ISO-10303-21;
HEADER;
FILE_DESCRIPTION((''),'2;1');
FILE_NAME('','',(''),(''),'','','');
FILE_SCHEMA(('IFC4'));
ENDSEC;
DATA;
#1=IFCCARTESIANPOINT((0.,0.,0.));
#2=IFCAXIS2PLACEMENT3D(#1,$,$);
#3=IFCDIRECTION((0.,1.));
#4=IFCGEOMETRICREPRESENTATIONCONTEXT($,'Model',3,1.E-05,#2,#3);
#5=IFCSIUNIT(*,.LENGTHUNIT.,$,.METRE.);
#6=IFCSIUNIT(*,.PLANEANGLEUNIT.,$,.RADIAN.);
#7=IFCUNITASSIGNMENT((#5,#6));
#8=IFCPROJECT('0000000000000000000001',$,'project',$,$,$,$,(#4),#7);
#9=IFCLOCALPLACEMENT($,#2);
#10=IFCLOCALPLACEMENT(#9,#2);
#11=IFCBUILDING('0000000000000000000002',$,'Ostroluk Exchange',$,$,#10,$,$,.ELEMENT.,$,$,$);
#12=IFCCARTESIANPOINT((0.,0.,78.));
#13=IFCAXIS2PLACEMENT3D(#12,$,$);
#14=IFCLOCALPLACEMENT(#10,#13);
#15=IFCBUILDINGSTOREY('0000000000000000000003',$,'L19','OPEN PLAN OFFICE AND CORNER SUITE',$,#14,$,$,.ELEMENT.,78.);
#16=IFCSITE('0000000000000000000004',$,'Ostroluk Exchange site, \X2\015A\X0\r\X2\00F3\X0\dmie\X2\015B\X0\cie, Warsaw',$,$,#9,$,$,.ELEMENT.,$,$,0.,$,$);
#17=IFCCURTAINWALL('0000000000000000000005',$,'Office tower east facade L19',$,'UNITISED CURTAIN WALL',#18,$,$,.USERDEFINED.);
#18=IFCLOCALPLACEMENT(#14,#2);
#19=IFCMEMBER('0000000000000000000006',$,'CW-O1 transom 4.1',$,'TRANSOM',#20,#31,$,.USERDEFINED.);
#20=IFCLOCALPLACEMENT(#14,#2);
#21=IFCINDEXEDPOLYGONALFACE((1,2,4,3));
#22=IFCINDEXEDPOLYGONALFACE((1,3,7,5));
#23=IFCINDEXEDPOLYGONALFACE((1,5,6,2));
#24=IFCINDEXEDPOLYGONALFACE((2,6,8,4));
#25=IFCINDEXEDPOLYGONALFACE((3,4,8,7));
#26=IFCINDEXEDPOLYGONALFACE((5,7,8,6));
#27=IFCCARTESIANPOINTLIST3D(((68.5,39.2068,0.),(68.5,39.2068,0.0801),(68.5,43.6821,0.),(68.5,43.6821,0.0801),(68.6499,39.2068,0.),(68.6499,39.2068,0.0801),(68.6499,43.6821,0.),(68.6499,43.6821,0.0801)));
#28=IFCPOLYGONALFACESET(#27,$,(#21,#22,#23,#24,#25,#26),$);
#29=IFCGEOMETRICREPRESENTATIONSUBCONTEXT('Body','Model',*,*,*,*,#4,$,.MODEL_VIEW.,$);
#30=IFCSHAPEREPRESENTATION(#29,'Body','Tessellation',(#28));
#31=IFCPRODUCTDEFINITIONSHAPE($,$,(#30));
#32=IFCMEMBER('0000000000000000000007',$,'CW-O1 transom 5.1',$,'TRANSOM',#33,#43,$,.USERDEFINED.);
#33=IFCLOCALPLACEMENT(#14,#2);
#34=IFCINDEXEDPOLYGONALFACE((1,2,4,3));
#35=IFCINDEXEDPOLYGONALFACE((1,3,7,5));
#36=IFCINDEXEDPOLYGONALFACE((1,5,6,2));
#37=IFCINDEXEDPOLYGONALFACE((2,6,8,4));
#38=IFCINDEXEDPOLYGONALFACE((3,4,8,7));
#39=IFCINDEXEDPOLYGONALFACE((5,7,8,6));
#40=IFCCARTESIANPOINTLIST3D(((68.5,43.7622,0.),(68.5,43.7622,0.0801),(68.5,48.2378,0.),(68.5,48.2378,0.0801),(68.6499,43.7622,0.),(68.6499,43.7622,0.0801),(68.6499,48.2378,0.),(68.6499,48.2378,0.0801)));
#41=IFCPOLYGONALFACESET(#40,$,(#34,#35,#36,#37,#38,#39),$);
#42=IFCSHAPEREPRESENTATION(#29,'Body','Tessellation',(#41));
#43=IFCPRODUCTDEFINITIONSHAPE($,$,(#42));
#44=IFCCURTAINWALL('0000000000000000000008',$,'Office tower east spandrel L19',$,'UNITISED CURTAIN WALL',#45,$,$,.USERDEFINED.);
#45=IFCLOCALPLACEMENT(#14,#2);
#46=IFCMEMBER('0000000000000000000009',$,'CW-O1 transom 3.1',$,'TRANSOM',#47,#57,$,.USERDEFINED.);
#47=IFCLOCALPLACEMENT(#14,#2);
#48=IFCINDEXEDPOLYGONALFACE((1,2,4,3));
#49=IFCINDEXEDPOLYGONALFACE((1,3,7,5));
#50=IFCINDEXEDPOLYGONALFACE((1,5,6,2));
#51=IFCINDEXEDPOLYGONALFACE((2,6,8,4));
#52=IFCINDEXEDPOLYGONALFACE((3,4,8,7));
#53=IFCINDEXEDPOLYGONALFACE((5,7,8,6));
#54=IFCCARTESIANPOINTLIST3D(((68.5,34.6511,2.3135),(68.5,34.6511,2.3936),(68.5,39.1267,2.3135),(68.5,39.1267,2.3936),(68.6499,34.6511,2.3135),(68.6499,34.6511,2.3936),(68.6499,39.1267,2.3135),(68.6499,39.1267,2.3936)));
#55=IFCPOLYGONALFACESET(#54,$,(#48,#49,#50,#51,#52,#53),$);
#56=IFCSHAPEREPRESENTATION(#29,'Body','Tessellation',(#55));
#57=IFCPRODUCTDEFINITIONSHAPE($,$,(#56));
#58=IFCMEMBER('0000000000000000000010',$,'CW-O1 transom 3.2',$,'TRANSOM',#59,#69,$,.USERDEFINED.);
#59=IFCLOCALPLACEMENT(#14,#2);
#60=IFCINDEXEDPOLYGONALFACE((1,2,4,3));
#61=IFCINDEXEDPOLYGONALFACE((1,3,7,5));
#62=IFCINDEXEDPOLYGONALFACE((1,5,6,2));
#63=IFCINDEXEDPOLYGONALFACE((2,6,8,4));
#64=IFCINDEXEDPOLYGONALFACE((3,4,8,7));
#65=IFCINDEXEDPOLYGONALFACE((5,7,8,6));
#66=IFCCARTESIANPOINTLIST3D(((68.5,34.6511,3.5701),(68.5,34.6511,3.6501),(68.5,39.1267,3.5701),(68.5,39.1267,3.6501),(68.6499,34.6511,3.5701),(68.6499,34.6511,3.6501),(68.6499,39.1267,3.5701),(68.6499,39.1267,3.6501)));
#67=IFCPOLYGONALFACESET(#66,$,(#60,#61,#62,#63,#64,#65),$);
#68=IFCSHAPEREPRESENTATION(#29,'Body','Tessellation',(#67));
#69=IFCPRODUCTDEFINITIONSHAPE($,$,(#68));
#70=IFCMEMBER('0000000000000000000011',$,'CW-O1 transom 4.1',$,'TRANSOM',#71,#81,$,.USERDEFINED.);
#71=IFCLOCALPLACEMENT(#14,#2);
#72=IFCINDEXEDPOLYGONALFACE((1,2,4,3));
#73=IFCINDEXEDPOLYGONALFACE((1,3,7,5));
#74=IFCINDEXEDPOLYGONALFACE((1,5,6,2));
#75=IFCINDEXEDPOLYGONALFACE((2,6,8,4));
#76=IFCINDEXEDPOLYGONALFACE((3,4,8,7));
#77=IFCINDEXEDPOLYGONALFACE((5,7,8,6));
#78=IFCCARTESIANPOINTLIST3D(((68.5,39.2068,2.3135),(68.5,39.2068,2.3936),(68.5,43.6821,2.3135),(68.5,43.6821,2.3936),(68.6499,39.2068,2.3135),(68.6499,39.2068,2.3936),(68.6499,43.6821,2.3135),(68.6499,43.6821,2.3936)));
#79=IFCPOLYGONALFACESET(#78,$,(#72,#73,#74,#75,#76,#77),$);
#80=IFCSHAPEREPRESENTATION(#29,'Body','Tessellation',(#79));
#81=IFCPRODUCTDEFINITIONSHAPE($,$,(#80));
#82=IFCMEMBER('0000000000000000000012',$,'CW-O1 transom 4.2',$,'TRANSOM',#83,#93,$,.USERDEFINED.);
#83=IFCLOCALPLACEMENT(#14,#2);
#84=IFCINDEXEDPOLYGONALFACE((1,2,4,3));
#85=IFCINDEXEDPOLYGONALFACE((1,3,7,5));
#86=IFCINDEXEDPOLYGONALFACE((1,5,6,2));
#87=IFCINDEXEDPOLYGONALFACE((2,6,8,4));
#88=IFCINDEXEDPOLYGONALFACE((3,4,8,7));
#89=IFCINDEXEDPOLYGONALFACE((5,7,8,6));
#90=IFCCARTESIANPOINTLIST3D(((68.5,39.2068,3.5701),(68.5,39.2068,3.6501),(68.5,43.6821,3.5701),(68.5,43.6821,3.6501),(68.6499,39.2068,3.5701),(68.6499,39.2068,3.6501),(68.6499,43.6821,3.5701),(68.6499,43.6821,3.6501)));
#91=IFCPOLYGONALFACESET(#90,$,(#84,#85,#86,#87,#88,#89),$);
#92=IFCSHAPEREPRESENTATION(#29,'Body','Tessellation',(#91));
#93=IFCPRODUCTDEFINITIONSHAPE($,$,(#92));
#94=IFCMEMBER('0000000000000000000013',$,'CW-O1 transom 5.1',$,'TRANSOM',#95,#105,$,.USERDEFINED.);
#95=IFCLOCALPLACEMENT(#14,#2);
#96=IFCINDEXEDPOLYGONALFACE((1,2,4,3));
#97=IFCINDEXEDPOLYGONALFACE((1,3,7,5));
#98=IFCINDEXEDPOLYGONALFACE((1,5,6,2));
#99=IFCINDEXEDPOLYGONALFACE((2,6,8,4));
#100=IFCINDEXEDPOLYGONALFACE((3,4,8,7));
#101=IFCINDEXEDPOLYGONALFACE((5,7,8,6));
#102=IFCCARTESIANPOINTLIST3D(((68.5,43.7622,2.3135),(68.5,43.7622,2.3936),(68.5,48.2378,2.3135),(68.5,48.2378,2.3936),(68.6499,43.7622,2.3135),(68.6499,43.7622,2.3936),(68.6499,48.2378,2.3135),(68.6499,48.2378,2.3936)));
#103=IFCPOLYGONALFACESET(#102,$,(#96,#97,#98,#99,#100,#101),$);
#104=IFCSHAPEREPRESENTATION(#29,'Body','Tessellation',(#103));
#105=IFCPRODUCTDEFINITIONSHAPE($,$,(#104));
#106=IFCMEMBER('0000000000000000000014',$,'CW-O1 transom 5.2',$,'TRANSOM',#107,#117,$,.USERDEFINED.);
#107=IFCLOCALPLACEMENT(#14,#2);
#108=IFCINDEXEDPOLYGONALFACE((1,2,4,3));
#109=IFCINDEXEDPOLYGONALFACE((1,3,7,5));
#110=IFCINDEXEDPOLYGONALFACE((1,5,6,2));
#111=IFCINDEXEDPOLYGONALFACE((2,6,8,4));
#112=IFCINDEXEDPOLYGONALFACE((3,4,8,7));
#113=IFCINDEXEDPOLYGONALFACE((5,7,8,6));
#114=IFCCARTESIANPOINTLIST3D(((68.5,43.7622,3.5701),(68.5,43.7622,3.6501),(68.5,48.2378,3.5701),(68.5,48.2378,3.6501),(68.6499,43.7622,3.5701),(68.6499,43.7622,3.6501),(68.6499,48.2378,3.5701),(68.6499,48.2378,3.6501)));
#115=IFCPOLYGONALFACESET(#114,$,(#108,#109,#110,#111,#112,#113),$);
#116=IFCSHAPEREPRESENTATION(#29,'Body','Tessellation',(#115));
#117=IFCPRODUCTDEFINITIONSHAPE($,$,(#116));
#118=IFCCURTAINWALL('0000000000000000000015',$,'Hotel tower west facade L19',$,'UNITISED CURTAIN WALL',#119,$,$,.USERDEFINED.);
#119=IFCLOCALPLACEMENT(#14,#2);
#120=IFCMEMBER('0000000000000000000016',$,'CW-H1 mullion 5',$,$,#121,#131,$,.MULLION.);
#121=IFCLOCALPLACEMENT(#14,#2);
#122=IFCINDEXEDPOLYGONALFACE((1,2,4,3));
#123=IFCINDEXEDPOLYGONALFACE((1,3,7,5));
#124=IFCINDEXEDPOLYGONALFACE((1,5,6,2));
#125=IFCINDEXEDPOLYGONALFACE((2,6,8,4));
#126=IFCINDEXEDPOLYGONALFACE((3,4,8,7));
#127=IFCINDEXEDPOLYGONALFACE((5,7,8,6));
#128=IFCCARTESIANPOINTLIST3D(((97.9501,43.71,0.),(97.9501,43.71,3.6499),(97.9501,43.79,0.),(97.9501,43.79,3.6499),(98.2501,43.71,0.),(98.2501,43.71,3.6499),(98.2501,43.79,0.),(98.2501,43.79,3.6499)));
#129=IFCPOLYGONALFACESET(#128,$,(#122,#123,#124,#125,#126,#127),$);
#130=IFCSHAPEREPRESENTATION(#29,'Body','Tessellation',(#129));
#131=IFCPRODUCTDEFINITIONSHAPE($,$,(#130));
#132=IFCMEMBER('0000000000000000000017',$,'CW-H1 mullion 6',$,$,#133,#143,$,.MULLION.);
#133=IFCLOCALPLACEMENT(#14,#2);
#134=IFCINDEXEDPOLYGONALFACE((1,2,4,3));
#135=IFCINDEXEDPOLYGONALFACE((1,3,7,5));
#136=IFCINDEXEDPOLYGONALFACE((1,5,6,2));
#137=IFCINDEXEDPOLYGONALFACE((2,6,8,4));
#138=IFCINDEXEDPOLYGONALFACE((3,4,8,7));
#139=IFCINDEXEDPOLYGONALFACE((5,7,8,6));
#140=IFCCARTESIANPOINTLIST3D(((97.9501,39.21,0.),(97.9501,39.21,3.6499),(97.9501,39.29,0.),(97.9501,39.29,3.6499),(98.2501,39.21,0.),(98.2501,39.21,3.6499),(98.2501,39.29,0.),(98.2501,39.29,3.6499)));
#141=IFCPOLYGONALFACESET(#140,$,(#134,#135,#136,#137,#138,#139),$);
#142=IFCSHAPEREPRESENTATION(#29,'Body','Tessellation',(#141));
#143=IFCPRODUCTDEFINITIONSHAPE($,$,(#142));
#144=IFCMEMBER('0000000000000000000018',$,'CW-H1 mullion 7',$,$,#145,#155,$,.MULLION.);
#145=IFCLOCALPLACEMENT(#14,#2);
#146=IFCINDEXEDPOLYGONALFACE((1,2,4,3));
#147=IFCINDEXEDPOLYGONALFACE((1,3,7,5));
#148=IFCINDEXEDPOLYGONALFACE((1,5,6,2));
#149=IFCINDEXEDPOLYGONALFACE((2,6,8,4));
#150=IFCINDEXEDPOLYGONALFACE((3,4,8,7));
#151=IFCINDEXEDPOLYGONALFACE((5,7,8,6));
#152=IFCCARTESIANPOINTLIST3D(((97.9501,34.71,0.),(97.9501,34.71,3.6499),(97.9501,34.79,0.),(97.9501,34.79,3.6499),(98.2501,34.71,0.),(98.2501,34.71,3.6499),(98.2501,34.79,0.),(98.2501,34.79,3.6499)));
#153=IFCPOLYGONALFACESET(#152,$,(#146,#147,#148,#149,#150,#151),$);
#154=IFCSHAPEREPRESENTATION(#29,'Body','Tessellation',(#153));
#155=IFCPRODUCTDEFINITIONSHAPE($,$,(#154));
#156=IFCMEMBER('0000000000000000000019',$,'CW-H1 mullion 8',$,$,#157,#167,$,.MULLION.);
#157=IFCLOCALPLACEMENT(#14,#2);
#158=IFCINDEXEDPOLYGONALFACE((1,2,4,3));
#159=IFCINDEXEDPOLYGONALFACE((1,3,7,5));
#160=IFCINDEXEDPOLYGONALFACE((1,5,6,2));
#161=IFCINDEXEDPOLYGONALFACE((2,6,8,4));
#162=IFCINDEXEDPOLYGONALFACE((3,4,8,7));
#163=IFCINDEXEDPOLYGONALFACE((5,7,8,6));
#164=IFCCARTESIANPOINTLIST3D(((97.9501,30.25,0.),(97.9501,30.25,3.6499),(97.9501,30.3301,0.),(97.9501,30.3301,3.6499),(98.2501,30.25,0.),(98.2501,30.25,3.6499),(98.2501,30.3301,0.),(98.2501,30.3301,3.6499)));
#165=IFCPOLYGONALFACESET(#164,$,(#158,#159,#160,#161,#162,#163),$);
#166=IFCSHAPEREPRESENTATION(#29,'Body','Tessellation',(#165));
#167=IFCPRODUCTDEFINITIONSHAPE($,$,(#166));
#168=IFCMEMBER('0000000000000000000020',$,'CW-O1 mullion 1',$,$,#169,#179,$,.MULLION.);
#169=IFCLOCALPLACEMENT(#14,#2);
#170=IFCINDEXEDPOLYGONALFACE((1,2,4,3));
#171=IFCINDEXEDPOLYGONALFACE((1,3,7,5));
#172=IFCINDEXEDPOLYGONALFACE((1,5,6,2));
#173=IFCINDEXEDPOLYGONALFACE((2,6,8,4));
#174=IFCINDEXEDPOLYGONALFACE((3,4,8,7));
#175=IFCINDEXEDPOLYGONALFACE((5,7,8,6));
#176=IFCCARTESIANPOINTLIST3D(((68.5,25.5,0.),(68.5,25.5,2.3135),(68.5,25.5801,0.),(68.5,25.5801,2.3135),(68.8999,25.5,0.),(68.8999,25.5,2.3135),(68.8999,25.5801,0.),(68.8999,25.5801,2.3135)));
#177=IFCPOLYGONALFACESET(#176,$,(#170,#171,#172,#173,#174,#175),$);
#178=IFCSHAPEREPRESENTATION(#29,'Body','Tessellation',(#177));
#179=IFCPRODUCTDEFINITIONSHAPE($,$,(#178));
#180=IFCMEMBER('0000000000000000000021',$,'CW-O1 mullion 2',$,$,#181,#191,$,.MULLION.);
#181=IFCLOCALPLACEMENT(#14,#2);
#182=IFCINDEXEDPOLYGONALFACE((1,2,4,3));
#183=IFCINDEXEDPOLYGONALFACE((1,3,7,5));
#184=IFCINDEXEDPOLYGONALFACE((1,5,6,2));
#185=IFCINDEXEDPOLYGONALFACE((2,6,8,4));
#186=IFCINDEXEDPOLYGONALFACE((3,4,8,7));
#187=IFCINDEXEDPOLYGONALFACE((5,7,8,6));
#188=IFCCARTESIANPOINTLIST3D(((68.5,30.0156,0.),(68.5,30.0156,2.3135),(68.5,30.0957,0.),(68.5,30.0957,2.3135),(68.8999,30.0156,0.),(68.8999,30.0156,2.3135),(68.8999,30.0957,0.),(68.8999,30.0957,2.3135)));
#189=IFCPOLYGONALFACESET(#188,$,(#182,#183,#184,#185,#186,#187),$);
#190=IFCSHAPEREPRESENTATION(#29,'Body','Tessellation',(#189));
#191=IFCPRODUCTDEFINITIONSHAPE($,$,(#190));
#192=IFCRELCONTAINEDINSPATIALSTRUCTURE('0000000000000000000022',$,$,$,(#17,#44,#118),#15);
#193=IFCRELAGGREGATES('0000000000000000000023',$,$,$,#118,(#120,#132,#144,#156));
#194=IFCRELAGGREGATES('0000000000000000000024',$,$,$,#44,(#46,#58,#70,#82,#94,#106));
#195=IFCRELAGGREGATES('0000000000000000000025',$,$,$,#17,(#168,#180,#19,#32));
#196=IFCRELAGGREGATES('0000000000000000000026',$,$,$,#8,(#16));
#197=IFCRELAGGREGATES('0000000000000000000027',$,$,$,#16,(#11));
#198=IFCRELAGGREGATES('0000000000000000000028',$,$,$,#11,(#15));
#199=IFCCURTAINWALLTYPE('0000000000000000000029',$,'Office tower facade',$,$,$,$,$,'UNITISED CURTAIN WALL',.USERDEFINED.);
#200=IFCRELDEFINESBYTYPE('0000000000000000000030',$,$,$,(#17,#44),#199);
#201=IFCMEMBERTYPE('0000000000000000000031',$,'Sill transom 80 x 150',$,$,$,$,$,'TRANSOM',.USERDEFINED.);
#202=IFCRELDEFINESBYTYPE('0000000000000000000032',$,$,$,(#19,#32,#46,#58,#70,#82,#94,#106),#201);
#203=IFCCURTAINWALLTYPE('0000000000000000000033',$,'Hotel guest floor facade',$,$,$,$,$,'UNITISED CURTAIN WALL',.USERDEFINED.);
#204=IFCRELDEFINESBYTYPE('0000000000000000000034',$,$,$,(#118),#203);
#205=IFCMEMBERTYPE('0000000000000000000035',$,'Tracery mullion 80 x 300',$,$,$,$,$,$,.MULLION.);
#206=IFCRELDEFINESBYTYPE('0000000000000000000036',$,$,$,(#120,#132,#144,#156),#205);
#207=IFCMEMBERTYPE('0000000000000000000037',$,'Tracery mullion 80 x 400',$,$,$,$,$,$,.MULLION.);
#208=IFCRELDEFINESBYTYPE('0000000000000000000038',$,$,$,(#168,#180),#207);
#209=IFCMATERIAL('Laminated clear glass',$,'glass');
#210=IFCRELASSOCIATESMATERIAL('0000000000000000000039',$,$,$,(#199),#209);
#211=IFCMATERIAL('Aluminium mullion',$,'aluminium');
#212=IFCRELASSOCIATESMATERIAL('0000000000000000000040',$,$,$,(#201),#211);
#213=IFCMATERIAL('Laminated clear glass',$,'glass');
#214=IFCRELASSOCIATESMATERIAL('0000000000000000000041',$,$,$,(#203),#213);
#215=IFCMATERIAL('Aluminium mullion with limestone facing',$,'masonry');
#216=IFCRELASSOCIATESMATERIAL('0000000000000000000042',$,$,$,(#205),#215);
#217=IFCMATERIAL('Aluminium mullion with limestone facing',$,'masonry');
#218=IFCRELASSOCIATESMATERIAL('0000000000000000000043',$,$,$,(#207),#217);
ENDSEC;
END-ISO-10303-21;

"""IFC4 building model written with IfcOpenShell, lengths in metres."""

from ifc_helpers import new_model, si_unit, direction, frame, origin, origin_2d, place, context, subcontext, project, spatial, rectangle, extrude, material, material_profile, profile_set, type_object, element, aggregate, save


model = new_model("IFC4")

# Units and contexts
model_context = context("Model", 3, precision=1e-05, world=origin(), true_north=direction((0.0, 1.0)))
body_context = subcontext(model_context, "Body", "Model", "MODEL_VIEW")
ifc_project = project(units=[si_unit("LENGTHUNIT", "METRE"), si_unit("PLANEANGLEUNIT", "RADIAN")], contexts=[model_context])

# Site, building, storey
site_placement = place(None, origin())
site = spatial("IfcSite", under=ifc_project, at=site_placement, Name="Ostroluk Exchange site, Śródmieście, Warsaw", CompositionType="ELEMENT", RefElevation=0.0)
building_placement = place(site_placement, origin())
building = spatial("IfcBuilding", under=site, at=building_placement, Name="Ostroluk Exchange", CompositionType="ELEMENT")
storey_placement = place(building_placement, frame((0.0, 0.0, 78.0)))
storey = spatial("IfcBuildingStorey", under=building, at=storey_placement, Name="L19", Description="OPEN PLAN OFFICE AND CORNER SUITE", CompositionType="ELEMENT", Elevation=78.0)

# Curtain walls, members
ifc_material_1 = material(Name="Laminated clear glass", Category="glass")
curtain_wall_type_1 = type_object("IfcCurtainWallType", Name="Office tower facade", ElementType="UNITISED CURTAIN WALL", PredefinedType="USERDEFINED", material=ifc_material_1)
curtain_wall_1_placement = place(storey_placement, origin())
curtain_wall_1 = element("IfcCurtainWall", 1, at=curtain_wall_1_placement, inside=storey, type_object=curtain_wall_type_1, Name="Office tower east facade L19", ObjectType="UNITISED CURTAIN WALL", PredefinedType="USERDEFINED")
ifc_material_2 = material(Name="Aluminium mullion", Category="aluminium")
ifc_material_profile_1 = material_profile(ifc_material_2, rectangle(XDim=0.1499, YDim=0.0801, at=origin_2d()), Name="Sill transom 80 x 150")
ifc_profile_set_1 = profile_set([ifc_material_profile_1], Name="Aluminium mullion")
member_type_1 = type_object("IfcMemberType", Name="Sill transom 80 x 150", ElementType="TRANSOM", PredefinedType="USERDEFINED", material=ifc_profile_set_1)
member_1_placement = place(storey_placement, frame((68.575, 39.2068, 0.04), z_axis=(0.0, 1.0, 0.0), x_axis=(-1.0, 0.0, 0.0)))
member_1 = element("IfcMember", 2, at=member_1_placement, type_object=member_type_1, Name="CW-O1 transom 4.1", ObjectType="TRANSOM", PredefinedType="USERDEFINED", context=body_context, shape_type="SweptSolid", body=[
    extrude(rectangle(XDim=0.1499, YDim=0.0801, at=origin_2d()), origin(), (0.0, 0.0, 1.0), 4.4753),
])
member_2_placement = place(storey_placement, frame((68.575, 43.7622, 0.04), z_axis=(0.0, 1.0, 0.0), x_axis=(-1.0, 0.0, 0.0)))
member_2 = element("IfcMember", 3, at=member_2_placement, type_object=member_type_1, Name="CW-O1 transom 5.1", ObjectType="TRANSOM", PredefinedType="USERDEFINED", context=body_context, shape_type="SweptSolid", body=[
    extrude(rectangle(XDim=0.1499, YDim=0.0801, at=origin_2d()), origin(), (0.0, 0.0, 1.0), 4.4756),
])
curtain_wall_2_placement = place(storey_placement, origin())
curtain_wall_2 = element("IfcCurtainWall", 4, at=curtain_wall_2_placement, inside=storey, type_object=curtain_wall_type_1, Name="Office tower east spandrel L19", ObjectType="UNITISED CURTAIN WALL", PredefinedType="USERDEFINED")
member_3_placement = place(storey_placement, frame((68.575, 34.6511, 2.3535), z_axis=(0.0, 1.0, 0.0), x_axis=(-1.0, 0.0, 0.0)))
member_3 = element("IfcMember", 5, at=member_3_placement, type_object=member_type_1, Name="CW-O1 transom 3.1", ObjectType="TRANSOM", PredefinedType="USERDEFINED", context=body_context, shape_type="SweptSolid", body=[
    extrude(rectangle(XDim=0.1499, YDim=0.0801, at=origin_2d()), origin(), (0.0, 0.0, 1.0), 4.4756),
])
member_4_placement = place(storey_placement, frame((68.575, 34.6511, 3.6101), z_axis=(0.0, 1.0, 0.0), x_axis=(-1.0, 0.0, 0.0)))
member_4 = element("IfcMember", 6, at=member_4_placement, type_object=member_type_1, Name="CW-O1 transom 3.2", ObjectType="TRANSOM", PredefinedType="USERDEFINED", context=body_context, shape_type="SweptSolid", body=[
    extrude(rectangle(XDim=0.1499, YDim=0.0801, at=origin_2d()), origin(), (0.0, 0.0, 1.0), 4.4756),
])
member_5_placement = place(storey_placement, frame((68.575, 39.2068, 2.3535), z_axis=(0.0, 1.0, 0.0), x_axis=(-1.0, 0.0, 0.0)))
member_5 = element("IfcMember", 7, at=member_5_placement, type_object=member_type_1, Name="CW-O1 transom 4.1", ObjectType="TRANSOM", PredefinedType="USERDEFINED", context=body_context, shape_type="SweptSolid", body=[
    extrude(rectangle(XDim=0.1499, YDim=0.0801, at=origin_2d()), origin(), (0.0, 0.0, 1.0), 4.4753),
])
member_6_placement = place(storey_placement, frame((68.575, 39.2068, 3.6101), z_axis=(0.0, 1.0, 0.0), x_axis=(-1.0, 0.0, 0.0)))
member_6 = element("IfcMember", 8, at=member_6_placement, type_object=member_type_1, Name="CW-O1 transom 4.2", ObjectType="TRANSOM", PredefinedType="USERDEFINED", context=body_context, shape_type="SweptSolid", body=[
    extrude(rectangle(XDim=0.1499, YDim=0.0801, at=origin_2d()), origin(), (0.0, 0.0, 1.0), 4.4753),
])
member_7_placement = place(storey_placement, frame((68.575, 43.7622, 2.3535), z_axis=(0.0, 1.0, 0.0), x_axis=(-1.0, 0.0, 0.0)))
member_7 = element("IfcMember", 9, at=member_7_placement, type_object=member_type_1, Name="CW-O1 transom 5.1", ObjectType="TRANSOM", PredefinedType="USERDEFINED", context=body_context, shape_type="SweptSolid", body=[
    extrude(rectangle(XDim=0.1499, YDim=0.0801, at=origin_2d()), origin(), (0.0, 0.0, 1.0), 4.4756),
])
member_8_placement = place(storey_placement, frame((68.575, 43.7622, 3.6101), z_axis=(0.0, 1.0, 0.0), x_axis=(-1.0, 0.0, 0.0)))
member_8 = element("IfcMember", 10, at=member_8_placement, type_object=member_type_1, Name="CW-O1 transom 5.2", ObjectType="TRANSOM", PredefinedType="USERDEFINED", context=body_context, shape_type="SweptSolid", body=[
    extrude(rectangle(XDim=0.1499, YDim=0.0801, at=origin_2d()), origin(), (0.0, 0.0, 1.0), 4.4756),
])
ifc_material_3 = material(Name="Laminated clear glass", Category="glass")
curtain_wall_type_2 = type_object("IfcCurtainWallType", Name="Hotel guest floor facade", ElementType="UNITISED CURTAIN WALL", PredefinedType="USERDEFINED", material=ifc_material_3)
curtain_wall_3_placement = place(storey_placement, origin())
curtain_wall_3 = element("IfcCurtainWall", 11, at=curtain_wall_3_placement, inside=storey, type_object=curtain_wall_type_2, Name="Hotel tower west facade L19", ObjectType="UNITISED CURTAIN WALL", PredefinedType="USERDEFINED")
ifc_material_4 = material(Name="Aluminium mullion with limestone facing", Category="masonry")
ifc_material_profile_2 = material_profile(ifc_material_4, rectangle(XDim=0.3, YDim=0.0801, at=origin_2d()), Name="Tracery mullion 80 x 300")
ifc_profile_set_2 = profile_set([ifc_material_profile_2], Name="Aluminium mullion with limestone facing")
member_type_2 = type_object("IfcMemberType", Name="Tracery mullion 80 x 300", PredefinedType="MULLION", material=ifc_profile_set_2)
member_9_placement = place(storey_placement, frame((98.1001, 43.75, 0.0), z_axis=(0.0, 0.0, 1.0), x_axis=(1.0, 0.0, 0.0)))
member_9 = element("IfcMember", 12, at=member_9_placement, type_object=member_type_2, Name="CW-H1 mullion 5", PredefinedType="MULLION", context=body_context, shape_type="SweptSolid", body=[
    extrude(rectangle(XDim=0.3, YDim=0.0801, at=origin_2d()), origin(), (0.0, 0.0, 1.0), 3.6499),
])
member_10_placement = place(storey_placement, frame((98.1001, 39.25, 0.0), z_axis=(0.0, 0.0, 1.0), x_axis=(1.0, 0.0, 0.0)))
member_10 = element("IfcMember", 13, at=member_10_placement, type_object=member_type_2, Name="CW-H1 mullion 6", PredefinedType="MULLION", context=body_context, shape_type="SweptSolid", body=[
    extrude(rectangle(XDim=0.3, YDim=0.0801, at=origin_2d()), origin(), (0.0, 0.0, 1.0), 3.6499),
])
member_11_placement = place(storey_placement, frame((98.1001, 34.75, 0.0), z_axis=(0.0, 0.0, 1.0), x_axis=(1.0, 0.0, 0.0)))
member_11 = element("IfcMember", 14, at=member_11_placement, type_object=member_type_2, Name="CW-H1 mullion 7", PredefinedType="MULLION", context=body_context, shape_type="SweptSolid", body=[
    extrude(rectangle(XDim=0.3, YDim=0.0801, at=origin_2d()), origin(), (0.0, 0.0, 1.0), 3.6499),
])
member_12_placement = place(storey_placement, frame((98.1001, 30.29, 0.0), z_axis=(0.0, 0.0, 1.0), x_axis=(1.0, 0.0, 0.0)))
member_12 = element("IfcMember", 15, at=member_12_placement, type_object=member_type_2, Name="CW-H1 mullion 8", PredefinedType="MULLION", context=body_context, shape_type="SweptSolid", body=[
    extrude(rectangle(XDim=0.3, YDim=0.0801, at=origin_2d()), origin(), (0.0, 0.0, 1.0), 3.6499),
])
aggregate(curtain_wall_3, [member_9, member_10, member_11, member_12])

# Members
ifc_material_5 = material(Name="Aluminium mullion with limestone facing", Category="masonry")
ifc_material_profile_3 = material_profile(ifc_material_5, rectangle(XDim=0.3999, YDim=0.0801, at=origin_2d()), Name="Tracery mullion 80 x 400")
ifc_profile_set_3 = profile_set([ifc_material_profile_3], Name="Aluminium mullion with limestone facing")
member_type_3 = type_object("IfcMemberType", Name="Tracery mullion 80 x 400", PredefinedType="MULLION", material=ifc_profile_set_3)
member_13_placement = place(storey_placement, frame((68.7, 25.54, 0.0), z_axis=(0.0, 0.0, 1.0), x_axis=(-1.0, 0.0, 0.0)))
member_13 = element("IfcMember", 16, at=member_13_placement, type_object=member_type_3, Name="CW-O1 mullion 1", PredefinedType="MULLION", context=body_context, shape_type="SweptSolid", body=[
    extrude(rectangle(XDim=0.3999, YDim=0.0801, at=origin_2d()), origin(), (0.0, 0.0, 1.0), 2.3135),
])
member_14_placement = place(storey_placement, frame((68.7, 30.0557, 0.0), z_axis=(0.0, 0.0, 1.0), x_axis=(-1.0, 0.0, 0.0)))
member_14 = element("IfcMember", 17, at=member_14_placement, type_object=member_type_3, Name="CW-O1 mullion 2", PredefinedType="MULLION", context=body_context, shape_type="SweptSolid", body=[
    extrude(rectangle(XDim=0.3999, YDim=0.0801, at=origin_2d()), origin(), (0.0, 0.0, 1.0), 2.3135),
])

aggregate(curtain_wall_2, [member_3, member_4, member_5, member_6, member_7, member_8])
aggregate(curtain_wall_1, [member_13, member_14, member_1, member_2])

save(model, "model.ifc")
